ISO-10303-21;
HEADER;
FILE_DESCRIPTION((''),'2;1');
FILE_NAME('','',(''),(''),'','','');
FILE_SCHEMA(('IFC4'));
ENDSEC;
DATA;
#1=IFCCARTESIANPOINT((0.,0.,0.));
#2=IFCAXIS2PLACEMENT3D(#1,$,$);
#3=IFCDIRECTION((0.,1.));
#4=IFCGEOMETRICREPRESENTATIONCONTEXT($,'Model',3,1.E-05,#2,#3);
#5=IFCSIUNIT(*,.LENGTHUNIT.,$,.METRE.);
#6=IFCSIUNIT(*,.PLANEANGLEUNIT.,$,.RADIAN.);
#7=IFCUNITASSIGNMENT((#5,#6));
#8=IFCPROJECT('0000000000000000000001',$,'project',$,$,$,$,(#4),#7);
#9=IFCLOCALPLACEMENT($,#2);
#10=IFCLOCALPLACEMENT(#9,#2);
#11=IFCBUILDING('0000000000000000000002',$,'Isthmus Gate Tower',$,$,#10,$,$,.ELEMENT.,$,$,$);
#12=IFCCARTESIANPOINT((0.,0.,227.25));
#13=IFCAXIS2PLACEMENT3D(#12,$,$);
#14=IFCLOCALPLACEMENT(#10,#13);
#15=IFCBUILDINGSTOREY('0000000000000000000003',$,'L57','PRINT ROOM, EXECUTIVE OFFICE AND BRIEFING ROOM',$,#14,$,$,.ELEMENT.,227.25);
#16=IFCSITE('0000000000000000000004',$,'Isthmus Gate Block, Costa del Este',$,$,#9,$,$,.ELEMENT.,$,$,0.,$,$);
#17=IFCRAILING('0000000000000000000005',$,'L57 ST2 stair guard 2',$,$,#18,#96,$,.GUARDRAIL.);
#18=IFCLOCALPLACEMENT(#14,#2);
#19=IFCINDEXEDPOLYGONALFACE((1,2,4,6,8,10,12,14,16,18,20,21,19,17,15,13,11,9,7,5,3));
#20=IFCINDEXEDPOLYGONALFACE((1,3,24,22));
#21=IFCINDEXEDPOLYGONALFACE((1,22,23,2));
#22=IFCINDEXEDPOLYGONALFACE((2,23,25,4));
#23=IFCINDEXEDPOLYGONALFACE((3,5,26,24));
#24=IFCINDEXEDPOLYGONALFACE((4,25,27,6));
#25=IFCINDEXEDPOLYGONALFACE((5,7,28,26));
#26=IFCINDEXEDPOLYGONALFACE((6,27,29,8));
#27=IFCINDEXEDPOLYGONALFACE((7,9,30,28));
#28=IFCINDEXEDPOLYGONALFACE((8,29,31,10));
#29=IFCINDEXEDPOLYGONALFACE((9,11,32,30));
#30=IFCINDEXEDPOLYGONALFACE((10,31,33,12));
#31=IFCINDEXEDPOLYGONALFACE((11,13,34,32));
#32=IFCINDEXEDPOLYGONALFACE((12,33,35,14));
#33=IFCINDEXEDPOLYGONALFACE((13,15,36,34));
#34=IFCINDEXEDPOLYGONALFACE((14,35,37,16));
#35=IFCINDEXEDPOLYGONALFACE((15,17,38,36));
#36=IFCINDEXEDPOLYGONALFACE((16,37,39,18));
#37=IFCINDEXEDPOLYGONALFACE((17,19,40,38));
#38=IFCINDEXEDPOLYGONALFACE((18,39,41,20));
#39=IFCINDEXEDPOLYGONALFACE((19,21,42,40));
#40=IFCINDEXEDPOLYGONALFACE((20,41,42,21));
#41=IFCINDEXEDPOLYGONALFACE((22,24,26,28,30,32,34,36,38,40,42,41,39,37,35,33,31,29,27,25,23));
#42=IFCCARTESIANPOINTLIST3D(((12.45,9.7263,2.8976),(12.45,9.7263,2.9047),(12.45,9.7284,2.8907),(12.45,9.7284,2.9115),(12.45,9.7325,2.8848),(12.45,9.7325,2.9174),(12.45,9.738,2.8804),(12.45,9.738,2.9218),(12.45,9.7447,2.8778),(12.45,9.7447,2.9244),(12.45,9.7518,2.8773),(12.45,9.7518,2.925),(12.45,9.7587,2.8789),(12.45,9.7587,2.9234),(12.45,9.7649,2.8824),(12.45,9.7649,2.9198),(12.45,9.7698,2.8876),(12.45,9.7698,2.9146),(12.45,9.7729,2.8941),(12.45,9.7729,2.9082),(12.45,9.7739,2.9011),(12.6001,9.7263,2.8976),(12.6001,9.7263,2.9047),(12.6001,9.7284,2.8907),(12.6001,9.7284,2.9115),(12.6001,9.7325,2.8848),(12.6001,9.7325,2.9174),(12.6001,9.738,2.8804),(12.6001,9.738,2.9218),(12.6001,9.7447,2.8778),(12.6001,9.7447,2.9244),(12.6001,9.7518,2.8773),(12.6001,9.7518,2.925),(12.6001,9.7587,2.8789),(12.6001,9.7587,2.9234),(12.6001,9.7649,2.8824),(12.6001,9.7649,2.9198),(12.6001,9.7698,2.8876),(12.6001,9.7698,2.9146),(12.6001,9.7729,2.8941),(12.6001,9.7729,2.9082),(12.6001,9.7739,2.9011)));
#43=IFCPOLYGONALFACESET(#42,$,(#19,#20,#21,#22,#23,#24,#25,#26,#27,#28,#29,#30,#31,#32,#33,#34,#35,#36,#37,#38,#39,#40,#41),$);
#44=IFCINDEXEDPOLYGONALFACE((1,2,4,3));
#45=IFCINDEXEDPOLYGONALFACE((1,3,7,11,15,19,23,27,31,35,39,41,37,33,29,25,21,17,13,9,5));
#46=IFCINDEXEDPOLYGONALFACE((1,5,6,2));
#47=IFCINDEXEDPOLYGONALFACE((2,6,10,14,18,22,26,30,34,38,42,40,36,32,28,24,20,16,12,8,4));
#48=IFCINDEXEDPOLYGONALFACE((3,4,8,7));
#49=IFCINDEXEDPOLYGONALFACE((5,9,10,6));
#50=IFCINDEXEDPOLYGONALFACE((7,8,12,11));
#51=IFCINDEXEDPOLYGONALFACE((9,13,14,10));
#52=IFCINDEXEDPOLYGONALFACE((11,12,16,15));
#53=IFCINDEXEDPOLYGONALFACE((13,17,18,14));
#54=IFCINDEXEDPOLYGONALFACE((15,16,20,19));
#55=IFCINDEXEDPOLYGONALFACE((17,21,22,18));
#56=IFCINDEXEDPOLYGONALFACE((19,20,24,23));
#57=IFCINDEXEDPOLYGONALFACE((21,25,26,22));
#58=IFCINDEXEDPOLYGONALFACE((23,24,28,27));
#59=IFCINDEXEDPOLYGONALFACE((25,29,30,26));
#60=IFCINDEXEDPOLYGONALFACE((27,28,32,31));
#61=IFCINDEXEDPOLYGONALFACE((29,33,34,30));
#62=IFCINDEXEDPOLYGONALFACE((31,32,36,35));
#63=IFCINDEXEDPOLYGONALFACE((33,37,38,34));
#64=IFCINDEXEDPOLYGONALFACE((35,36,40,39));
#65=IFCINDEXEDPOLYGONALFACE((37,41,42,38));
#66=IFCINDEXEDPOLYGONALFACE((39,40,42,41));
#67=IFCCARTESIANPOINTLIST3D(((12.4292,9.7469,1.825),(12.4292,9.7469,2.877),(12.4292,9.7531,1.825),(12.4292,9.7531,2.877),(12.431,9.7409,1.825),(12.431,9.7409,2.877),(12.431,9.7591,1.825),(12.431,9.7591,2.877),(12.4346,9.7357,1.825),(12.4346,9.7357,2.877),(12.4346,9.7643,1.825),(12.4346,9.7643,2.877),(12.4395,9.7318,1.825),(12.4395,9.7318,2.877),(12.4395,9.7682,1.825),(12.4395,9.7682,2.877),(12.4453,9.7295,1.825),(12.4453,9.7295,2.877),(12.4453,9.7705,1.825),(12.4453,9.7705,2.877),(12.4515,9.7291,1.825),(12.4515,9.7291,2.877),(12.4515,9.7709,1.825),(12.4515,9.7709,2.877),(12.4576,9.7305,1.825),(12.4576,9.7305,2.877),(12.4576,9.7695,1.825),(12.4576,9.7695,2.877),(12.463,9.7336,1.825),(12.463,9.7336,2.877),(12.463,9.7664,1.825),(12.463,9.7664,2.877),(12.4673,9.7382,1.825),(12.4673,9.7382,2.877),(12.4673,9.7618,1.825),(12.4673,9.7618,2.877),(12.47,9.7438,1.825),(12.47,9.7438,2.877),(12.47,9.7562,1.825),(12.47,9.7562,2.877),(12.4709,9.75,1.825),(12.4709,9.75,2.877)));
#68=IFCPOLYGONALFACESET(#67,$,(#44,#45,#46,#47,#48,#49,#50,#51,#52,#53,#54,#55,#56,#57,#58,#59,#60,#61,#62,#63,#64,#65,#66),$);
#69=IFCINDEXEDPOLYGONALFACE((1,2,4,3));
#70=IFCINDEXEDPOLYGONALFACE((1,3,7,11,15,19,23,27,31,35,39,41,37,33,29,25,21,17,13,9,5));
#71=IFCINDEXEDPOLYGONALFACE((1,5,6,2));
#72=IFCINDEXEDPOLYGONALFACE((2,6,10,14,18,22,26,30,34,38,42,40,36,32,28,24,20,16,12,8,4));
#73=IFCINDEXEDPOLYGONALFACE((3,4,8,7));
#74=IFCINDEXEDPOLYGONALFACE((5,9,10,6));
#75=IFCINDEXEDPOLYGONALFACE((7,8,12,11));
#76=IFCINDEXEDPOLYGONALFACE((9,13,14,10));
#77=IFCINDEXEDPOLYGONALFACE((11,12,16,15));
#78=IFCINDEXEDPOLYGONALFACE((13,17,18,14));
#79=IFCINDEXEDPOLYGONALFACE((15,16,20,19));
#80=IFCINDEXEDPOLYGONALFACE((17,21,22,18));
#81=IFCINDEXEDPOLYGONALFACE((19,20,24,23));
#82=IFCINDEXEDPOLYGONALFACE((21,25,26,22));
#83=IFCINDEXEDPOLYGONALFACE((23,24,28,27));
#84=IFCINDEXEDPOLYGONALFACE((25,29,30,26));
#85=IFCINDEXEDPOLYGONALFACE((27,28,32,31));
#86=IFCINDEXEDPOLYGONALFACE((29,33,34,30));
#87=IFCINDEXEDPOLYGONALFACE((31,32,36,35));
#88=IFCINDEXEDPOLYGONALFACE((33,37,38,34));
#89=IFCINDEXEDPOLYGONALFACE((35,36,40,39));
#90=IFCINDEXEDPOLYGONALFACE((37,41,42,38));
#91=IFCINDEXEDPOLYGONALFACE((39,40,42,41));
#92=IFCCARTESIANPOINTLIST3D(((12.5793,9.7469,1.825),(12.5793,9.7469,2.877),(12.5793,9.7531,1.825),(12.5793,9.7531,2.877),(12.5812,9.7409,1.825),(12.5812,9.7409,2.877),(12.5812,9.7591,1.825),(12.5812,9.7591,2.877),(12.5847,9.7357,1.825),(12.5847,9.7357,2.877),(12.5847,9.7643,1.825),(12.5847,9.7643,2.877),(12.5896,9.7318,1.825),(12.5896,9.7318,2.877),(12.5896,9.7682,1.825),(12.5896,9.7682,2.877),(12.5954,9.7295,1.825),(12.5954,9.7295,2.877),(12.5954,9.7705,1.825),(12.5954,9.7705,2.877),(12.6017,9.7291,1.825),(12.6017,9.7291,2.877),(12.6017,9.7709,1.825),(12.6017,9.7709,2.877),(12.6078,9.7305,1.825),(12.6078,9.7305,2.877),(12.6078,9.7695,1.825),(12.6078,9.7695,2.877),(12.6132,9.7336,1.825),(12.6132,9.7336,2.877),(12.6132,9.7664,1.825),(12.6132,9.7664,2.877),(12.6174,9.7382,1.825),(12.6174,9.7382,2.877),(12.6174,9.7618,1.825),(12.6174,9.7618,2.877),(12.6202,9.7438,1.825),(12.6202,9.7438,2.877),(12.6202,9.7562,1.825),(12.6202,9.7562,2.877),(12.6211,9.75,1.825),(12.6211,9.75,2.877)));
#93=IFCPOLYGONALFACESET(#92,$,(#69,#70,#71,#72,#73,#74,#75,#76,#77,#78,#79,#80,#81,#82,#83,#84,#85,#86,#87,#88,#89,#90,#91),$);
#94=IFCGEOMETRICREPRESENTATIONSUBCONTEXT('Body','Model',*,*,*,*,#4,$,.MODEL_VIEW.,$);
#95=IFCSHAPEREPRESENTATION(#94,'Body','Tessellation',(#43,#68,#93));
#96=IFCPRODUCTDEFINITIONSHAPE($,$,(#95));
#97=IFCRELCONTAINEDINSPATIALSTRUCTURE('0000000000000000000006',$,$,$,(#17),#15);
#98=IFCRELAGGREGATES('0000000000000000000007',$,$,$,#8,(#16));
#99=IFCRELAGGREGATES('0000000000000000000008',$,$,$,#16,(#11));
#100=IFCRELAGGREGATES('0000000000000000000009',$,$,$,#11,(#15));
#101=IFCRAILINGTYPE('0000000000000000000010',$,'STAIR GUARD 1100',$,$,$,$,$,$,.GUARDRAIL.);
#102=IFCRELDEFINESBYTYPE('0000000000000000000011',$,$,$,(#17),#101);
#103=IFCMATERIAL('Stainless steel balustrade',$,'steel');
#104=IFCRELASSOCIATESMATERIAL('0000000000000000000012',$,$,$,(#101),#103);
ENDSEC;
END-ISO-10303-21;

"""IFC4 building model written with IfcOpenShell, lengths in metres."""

from ifc_helpers import new_model, si_unit, direction, frame, origin, origin_2d, place, context, subcontext, project, spatial, circle, extrude, material, type_object, element, save


model = new_model("IFC4")

# Units and contexts
model_context = context("Model", 3, precision=1e-05, world=origin(), true_north=direction((0.0, 1.0)))
body_context = subcontext(model_context, "Body", "Model", "MODEL_VIEW")
ifc_project = project(units=[si_unit("LENGTHUNIT", "METRE"), si_unit("PLANEANGLEUNIT", "RADIAN")], contexts=[model_context])

# Site, building, storey
site_placement = place(None, origin())
site = spatial("IfcSite", under=ifc_project, at=site_placement, Name="Isthmus Gate Block, Costa del Este", CompositionType="ELEMENT", RefElevation=0.0)
building_placement = place(site_placement, origin())
building = spatial("IfcBuilding", under=site, at=building_placement, Name="Isthmus Gate Tower", CompositionType="ELEMENT")
storey_placement = place(building_placement, frame((0.0, 0.0, 227.25)))
storey = spatial("IfcBuildingStorey", under=building, at=storey_placement, Name="L57", Description="PRINT ROOM, EXECUTIVE OFFICE AND BRIEFING ROOM", CompositionType="ELEMENT", Elevation=227.25)

# Railing
ifc_material_1 = material(Name="Stainless steel balustrade", Category="steel")
railing_type_1 = type_object("IfcRailingType", Name="STAIR GUARD 1100", PredefinedType="GUARDRAIL", material=ifc_material_1)
railing_1_placement = place(storey_placement, frame((12.45, 9.75, 1.825)))
element("IfcRailing", 1, at=railing_1_placement, inside=storey, type_object=railing_type_1, Name="L57 ST2 stair guard 2", PredefinedType="GUARDRAIL", context=body_context, shape_type="SweptSolid", body=[
    extrude(circle(Radius=0.0239, at=origin_2d()), frame((0.0, 0.0, 1.0762), z_axis=(1.0, 0.0, 0.0), x_axis=(0.0, 1.0, 0.0)), (0.0, 0.0, 1.0), 0.1501),
    extrude(circle(Radius=0.021, at=origin_2d()), origin(), (0.0, 0.0, 1.0), 1.052),
    extrude(circle(Radius=0.021, at=origin_2d()), frame((0.1501, 0.0, 0.0)), (0.0, 0.0, 1.0), 1.052),
])

save(model, "model.ifc")
